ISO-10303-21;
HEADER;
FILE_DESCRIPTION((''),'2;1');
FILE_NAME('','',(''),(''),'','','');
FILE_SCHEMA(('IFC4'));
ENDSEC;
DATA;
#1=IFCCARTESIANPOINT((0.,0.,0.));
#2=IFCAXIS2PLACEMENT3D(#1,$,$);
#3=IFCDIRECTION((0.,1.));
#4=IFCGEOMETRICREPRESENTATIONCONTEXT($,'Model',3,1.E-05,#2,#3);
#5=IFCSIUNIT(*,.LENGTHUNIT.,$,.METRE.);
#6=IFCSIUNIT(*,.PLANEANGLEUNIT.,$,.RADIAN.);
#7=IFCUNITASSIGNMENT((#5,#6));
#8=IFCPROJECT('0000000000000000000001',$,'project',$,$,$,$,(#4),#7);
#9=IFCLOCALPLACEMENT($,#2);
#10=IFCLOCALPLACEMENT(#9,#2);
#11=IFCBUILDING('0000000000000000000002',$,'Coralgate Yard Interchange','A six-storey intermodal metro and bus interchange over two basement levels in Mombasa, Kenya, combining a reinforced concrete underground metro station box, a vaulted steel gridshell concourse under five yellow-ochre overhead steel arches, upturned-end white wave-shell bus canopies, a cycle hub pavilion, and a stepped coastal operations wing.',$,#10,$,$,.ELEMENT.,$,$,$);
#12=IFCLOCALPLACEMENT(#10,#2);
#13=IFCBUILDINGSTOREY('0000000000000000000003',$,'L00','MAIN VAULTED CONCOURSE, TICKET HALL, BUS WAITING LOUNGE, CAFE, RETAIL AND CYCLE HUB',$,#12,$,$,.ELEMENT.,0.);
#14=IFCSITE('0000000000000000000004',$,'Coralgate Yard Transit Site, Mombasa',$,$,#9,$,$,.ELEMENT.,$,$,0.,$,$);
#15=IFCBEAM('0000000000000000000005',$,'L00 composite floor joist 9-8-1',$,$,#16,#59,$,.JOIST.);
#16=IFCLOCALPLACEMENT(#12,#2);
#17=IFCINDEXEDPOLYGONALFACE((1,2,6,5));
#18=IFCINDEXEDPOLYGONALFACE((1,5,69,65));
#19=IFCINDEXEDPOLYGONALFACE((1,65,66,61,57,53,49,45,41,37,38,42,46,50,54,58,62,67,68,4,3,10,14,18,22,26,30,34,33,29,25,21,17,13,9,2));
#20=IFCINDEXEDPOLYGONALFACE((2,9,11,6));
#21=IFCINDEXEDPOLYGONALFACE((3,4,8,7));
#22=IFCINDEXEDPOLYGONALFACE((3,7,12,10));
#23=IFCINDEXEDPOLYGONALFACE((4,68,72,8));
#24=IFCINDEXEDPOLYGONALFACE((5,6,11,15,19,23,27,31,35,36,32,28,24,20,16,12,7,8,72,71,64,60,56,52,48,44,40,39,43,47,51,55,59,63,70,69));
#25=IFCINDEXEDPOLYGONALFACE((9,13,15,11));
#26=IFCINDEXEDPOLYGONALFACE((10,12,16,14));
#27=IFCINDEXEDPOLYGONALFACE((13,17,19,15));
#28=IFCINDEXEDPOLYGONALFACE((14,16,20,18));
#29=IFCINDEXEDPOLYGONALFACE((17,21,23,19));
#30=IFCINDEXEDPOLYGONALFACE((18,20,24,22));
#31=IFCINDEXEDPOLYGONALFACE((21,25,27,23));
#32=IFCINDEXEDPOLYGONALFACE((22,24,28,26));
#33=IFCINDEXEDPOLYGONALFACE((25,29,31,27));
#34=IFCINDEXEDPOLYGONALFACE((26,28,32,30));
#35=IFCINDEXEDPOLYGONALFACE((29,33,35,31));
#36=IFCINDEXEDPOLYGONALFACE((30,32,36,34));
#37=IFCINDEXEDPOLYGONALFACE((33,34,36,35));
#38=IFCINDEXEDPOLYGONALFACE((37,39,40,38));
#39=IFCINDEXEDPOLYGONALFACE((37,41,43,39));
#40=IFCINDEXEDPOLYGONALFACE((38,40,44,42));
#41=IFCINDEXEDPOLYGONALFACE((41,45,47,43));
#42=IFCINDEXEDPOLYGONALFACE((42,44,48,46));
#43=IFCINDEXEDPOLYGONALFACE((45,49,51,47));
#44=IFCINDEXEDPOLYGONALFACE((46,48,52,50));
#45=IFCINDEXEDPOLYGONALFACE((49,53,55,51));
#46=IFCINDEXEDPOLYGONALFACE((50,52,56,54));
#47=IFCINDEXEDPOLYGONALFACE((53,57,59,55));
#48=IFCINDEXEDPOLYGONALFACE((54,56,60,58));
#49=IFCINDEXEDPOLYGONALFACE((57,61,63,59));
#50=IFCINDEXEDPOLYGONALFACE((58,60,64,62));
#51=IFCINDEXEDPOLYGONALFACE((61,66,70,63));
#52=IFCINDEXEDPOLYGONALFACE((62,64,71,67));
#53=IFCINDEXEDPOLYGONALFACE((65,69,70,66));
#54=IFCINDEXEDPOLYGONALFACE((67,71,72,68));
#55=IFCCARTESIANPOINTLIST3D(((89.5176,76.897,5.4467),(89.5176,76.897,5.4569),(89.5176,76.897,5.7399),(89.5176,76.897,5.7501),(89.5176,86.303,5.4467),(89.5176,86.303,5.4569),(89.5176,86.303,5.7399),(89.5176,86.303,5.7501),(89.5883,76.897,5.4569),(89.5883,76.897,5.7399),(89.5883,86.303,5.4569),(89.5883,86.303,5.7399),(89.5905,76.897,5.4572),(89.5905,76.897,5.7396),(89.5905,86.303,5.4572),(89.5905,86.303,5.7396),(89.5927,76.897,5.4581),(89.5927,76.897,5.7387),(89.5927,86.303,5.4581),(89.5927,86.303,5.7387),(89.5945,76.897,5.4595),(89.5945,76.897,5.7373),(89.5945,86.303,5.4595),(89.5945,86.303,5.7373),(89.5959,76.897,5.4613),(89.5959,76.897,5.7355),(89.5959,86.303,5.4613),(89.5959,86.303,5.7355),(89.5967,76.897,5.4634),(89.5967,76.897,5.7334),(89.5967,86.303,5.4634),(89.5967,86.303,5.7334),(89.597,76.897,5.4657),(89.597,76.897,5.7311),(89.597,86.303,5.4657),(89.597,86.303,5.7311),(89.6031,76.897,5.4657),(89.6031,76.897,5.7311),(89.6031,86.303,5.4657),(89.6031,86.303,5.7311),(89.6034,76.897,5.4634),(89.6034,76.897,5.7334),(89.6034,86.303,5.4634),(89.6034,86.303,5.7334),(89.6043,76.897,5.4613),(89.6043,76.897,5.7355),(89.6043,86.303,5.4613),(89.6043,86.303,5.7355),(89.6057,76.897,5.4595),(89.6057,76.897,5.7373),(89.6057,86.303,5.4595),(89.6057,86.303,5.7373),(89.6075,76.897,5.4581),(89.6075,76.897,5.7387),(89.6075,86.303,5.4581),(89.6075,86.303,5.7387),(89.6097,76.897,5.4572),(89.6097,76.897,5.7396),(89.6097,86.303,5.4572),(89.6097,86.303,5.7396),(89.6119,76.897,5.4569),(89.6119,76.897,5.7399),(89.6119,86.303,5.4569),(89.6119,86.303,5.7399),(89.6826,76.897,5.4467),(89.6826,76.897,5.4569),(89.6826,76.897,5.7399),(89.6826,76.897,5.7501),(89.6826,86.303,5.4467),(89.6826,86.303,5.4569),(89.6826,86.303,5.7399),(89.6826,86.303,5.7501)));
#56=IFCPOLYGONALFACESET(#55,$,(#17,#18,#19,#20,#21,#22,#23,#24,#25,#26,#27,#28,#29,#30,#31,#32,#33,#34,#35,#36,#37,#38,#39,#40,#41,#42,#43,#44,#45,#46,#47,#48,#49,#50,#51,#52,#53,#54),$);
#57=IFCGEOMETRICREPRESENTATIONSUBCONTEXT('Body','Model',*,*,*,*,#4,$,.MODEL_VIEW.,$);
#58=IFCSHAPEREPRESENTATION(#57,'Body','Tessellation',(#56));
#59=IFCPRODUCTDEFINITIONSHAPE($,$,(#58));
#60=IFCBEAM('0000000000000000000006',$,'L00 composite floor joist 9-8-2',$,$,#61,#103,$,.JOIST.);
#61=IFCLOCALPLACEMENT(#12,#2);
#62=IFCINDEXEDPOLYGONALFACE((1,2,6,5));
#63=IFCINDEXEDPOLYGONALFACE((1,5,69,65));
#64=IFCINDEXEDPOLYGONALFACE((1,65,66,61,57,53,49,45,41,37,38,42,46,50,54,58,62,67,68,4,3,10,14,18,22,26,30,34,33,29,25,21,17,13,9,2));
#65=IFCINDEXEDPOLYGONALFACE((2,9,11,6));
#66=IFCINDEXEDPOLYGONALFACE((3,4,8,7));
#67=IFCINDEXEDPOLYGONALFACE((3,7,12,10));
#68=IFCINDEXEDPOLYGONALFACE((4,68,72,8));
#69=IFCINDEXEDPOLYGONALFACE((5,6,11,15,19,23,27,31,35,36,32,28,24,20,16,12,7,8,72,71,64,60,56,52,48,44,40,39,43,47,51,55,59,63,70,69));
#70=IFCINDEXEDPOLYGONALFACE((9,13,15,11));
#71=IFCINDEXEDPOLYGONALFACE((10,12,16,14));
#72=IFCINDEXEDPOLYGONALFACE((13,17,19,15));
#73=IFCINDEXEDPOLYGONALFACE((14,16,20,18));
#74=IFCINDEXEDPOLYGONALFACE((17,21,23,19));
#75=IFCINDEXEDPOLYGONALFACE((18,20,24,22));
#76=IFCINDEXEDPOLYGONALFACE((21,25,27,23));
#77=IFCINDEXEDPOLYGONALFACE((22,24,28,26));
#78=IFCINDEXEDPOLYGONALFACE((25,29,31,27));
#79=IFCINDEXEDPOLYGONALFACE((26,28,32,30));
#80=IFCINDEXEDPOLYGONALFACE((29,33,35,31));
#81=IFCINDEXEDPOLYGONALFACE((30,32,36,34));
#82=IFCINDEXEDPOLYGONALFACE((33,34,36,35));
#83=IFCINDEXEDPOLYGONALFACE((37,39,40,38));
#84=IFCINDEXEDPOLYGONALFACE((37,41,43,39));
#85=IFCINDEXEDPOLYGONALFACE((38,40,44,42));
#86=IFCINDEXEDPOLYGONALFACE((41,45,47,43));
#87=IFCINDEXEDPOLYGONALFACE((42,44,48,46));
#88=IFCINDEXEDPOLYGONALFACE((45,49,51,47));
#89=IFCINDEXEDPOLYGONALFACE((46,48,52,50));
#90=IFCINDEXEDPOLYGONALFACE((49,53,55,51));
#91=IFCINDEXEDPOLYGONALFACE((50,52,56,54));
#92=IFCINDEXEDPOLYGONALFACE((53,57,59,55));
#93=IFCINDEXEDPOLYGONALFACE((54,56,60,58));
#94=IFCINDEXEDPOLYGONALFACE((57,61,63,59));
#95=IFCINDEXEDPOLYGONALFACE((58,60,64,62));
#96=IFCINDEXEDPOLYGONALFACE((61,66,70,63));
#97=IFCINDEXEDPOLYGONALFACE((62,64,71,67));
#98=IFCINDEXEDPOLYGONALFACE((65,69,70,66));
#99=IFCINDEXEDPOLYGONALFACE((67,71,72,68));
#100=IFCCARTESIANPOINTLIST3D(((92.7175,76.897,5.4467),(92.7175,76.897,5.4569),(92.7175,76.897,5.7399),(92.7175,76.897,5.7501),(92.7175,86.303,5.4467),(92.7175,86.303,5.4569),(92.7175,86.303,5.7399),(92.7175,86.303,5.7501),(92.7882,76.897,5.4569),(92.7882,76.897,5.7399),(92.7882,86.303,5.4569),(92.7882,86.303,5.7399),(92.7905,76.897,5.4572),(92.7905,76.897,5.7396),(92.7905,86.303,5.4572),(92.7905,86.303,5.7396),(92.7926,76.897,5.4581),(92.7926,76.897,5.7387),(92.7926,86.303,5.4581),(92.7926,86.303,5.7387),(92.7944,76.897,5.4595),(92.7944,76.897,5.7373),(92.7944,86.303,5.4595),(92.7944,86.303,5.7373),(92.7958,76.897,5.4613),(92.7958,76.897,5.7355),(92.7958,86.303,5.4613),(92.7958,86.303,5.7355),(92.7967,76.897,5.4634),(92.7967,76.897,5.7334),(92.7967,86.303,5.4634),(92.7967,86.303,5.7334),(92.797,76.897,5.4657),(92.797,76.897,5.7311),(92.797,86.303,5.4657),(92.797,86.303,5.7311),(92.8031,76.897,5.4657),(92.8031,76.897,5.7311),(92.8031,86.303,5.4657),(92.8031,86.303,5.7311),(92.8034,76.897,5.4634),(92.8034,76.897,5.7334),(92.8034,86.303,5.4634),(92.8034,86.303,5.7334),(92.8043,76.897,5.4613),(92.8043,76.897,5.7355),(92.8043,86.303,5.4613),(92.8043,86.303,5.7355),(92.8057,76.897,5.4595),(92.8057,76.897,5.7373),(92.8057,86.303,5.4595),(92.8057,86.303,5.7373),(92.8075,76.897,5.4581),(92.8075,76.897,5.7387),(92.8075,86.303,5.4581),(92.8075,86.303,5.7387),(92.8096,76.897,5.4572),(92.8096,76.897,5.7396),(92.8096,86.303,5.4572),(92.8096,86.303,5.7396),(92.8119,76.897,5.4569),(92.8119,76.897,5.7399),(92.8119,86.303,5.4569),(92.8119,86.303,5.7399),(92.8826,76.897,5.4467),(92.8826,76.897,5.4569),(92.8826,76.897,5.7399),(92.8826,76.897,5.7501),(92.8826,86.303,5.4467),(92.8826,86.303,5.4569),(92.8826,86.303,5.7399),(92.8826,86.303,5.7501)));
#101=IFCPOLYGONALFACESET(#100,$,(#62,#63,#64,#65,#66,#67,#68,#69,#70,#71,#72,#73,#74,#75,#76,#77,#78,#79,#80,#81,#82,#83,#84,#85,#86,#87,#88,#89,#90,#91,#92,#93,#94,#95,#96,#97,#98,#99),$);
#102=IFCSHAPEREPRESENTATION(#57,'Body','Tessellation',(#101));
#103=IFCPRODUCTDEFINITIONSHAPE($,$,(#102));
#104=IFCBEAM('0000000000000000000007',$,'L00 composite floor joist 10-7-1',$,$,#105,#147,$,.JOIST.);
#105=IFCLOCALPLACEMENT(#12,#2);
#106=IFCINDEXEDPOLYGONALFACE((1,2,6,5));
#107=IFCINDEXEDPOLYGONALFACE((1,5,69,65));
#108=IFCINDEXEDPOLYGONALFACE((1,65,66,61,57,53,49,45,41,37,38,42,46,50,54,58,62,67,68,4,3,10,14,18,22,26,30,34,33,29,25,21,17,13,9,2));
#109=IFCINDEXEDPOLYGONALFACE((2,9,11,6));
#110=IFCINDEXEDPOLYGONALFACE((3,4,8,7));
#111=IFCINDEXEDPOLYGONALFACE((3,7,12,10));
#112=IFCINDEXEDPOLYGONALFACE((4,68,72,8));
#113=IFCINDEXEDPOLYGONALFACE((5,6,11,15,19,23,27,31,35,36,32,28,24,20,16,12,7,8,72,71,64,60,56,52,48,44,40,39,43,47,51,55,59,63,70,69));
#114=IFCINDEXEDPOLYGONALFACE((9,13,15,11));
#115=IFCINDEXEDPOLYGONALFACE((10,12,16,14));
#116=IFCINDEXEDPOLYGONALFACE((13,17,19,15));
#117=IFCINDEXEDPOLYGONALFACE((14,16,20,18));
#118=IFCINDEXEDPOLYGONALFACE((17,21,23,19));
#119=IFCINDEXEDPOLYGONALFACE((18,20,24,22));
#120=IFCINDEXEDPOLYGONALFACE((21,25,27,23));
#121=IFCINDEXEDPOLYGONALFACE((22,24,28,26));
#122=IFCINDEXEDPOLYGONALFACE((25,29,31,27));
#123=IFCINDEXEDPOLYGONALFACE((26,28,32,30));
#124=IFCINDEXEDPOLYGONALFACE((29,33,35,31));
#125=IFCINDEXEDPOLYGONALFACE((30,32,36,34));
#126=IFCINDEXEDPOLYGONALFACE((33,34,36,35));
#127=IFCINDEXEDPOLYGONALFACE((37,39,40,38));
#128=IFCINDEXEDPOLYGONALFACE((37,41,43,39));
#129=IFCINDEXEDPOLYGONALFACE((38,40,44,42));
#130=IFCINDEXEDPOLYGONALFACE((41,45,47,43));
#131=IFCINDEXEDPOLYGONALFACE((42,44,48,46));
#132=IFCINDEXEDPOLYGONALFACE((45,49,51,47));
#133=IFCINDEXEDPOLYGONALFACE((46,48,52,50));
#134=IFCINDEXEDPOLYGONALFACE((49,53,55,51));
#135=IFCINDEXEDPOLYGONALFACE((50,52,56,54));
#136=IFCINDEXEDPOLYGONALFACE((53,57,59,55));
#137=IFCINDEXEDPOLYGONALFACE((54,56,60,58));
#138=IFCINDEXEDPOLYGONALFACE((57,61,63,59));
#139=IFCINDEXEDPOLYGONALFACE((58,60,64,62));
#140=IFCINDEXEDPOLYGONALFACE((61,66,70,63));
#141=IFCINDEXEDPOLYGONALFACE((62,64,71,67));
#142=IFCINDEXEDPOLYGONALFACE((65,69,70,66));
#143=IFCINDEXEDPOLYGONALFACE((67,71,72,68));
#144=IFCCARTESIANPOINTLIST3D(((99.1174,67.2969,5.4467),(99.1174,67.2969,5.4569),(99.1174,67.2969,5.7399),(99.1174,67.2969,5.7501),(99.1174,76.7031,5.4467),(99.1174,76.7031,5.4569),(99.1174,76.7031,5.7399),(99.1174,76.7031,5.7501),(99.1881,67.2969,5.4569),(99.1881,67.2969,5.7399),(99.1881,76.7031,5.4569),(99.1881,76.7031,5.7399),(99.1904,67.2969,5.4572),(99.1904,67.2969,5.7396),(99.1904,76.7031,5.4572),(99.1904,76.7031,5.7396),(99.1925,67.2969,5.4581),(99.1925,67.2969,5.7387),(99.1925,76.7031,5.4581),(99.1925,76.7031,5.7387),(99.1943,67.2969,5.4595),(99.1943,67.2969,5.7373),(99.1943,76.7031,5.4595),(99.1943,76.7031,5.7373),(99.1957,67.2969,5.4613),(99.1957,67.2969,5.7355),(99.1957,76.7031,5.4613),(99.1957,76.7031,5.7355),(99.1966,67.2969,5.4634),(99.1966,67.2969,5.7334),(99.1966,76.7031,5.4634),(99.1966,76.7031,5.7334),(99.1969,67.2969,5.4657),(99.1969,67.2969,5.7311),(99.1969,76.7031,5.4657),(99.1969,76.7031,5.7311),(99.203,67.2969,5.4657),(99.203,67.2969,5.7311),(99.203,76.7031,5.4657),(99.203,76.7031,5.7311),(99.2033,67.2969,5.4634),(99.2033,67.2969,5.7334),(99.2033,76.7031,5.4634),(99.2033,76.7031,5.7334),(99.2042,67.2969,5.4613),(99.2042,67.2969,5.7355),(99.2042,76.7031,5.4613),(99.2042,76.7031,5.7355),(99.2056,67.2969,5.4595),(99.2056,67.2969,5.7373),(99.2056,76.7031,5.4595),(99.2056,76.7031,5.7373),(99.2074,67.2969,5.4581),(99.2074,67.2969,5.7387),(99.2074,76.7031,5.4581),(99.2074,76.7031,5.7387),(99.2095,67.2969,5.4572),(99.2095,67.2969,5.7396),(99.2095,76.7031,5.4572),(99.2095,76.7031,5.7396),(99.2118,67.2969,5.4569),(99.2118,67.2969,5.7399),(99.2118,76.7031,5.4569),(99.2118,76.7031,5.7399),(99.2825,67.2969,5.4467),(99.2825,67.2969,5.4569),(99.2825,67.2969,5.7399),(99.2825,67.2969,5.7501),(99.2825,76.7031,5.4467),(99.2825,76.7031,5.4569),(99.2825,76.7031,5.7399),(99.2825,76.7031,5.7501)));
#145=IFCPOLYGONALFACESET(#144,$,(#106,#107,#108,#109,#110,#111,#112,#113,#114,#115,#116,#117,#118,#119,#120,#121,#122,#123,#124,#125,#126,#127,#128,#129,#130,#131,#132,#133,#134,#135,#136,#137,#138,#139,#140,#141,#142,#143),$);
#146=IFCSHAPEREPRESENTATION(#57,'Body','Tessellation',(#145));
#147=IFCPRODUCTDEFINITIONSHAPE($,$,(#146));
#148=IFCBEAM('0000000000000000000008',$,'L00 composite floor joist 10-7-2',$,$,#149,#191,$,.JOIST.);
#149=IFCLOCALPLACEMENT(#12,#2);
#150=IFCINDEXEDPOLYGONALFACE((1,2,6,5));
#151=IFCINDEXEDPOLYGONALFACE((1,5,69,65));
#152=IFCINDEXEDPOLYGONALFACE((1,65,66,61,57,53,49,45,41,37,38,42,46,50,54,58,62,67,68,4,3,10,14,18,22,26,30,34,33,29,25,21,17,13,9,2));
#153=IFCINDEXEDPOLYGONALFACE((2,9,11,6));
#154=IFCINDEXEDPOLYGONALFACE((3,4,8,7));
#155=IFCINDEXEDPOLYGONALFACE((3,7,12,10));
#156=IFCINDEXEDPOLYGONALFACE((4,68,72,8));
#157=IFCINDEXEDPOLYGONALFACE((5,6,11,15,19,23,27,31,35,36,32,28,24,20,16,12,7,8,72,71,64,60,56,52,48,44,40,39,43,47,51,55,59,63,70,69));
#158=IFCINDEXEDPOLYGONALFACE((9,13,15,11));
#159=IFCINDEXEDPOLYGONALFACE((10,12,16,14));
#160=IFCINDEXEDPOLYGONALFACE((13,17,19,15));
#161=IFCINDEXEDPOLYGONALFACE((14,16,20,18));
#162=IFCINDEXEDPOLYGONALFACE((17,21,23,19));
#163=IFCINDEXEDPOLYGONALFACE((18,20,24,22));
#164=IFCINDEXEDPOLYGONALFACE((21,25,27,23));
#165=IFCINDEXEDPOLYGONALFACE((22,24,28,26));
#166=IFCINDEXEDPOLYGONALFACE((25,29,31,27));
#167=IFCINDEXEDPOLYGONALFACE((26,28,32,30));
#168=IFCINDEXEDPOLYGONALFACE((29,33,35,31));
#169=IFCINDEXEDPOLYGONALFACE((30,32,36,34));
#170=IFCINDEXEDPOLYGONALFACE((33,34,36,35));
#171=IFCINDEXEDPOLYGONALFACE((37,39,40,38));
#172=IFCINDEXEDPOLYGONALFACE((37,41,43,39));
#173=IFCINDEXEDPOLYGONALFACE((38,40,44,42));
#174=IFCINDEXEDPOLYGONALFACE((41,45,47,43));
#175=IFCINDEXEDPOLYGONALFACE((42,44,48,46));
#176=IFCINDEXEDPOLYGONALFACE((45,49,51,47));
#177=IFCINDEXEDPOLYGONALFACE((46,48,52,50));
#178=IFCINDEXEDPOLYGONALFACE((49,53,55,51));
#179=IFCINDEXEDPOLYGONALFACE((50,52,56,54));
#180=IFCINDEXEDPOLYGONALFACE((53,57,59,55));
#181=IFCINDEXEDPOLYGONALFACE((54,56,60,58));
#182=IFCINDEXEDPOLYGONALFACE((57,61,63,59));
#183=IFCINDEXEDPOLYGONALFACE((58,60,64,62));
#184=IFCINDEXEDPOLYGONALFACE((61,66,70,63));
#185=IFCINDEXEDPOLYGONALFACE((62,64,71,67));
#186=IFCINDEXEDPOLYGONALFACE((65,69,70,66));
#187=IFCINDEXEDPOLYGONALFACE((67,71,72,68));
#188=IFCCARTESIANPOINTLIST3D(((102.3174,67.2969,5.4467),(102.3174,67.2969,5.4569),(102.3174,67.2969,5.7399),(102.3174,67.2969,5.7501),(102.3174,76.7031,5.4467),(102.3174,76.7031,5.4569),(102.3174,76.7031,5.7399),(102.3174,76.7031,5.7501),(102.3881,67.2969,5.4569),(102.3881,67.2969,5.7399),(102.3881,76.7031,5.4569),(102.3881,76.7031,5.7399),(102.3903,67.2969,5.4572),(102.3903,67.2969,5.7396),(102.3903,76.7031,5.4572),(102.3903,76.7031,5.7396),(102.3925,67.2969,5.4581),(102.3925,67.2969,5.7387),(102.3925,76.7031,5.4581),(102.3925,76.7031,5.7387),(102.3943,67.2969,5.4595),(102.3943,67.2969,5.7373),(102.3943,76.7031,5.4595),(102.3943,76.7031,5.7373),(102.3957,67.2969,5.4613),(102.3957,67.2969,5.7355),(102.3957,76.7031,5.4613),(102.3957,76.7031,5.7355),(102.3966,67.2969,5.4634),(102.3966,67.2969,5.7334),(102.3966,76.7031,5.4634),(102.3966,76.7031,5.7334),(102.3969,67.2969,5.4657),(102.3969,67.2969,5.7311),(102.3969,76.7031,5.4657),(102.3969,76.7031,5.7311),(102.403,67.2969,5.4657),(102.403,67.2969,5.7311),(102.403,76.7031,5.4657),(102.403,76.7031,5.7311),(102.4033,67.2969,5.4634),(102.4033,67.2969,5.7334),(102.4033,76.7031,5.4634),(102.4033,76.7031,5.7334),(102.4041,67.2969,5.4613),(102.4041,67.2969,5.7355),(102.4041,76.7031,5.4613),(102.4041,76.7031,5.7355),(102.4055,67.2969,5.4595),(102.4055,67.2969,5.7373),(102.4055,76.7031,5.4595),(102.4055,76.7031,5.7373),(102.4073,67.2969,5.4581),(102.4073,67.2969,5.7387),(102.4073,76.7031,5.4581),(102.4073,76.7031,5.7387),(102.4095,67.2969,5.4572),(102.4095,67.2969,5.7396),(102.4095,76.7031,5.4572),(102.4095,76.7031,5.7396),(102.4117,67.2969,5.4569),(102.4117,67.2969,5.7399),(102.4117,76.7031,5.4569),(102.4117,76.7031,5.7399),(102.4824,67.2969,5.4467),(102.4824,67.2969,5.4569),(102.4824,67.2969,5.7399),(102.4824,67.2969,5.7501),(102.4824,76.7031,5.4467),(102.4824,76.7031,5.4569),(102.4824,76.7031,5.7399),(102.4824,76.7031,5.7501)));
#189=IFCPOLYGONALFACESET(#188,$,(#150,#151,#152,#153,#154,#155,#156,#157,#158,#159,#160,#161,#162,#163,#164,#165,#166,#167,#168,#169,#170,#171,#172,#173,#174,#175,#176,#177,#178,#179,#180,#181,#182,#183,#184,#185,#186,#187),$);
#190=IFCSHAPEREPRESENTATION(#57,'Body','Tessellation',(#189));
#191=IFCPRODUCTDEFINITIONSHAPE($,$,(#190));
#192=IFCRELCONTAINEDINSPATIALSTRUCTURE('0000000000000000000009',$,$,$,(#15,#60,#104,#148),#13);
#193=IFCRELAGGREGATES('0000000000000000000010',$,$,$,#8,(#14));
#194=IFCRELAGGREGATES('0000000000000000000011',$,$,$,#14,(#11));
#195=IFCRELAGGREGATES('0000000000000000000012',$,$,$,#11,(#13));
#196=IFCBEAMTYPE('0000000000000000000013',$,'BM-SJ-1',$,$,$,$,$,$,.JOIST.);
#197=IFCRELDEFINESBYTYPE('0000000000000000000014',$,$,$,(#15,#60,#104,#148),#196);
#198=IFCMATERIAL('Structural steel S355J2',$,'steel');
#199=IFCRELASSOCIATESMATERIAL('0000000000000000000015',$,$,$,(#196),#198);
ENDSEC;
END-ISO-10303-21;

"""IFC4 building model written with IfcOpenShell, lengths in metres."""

from ifc_helpers import new_model, si_unit, direction, frame, origin, origin_2d, place, context, subcontext, project, spatial, i_section, extrude, material, material_profile, profile_set, type_object, element, save


model = new_model("IFC4")

# Units and contexts
model_context = context("Model", 3, precision=1e-05, world=origin(), true_north=direction((0.0, 1.0)))
body_context = subcontext(model_context, "Body", "Model", "MODEL_VIEW")
ifc_project = project(units=[si_unit("LENGTHUNIT", "METRE"), si_unit("PLANEANGLEUNIT", "RADIAN")], contexts=[model_context])

# Site, building, storey
site_placement = place(None, origin())
site = spatial("IfcSite", under=ifc_project, at=site_placement, Name="Coralgate Yard Transit Site, Mombasa", CompositionType="ELEMENT", RefElevation=0.0)
building_placement = place(site_placement, origin())
building = spatial("IfcBuilding", under=site, at=building_placement, Name="Coralgate Yard Interchange", Description="A six-storey intermodal metro and bus interchange over two basement levels in Mombasa, Kenya, combining a reinforced concrete underground metro station box, a vaulted steel gridshell concourse under five yellow-ochre overhead steel arches, upturned-end white wave-shell bus canopies, a cycle hub pavilion, and a stepped coastal operations wing.", CompositionType="ELEMENT")
storey_placement = place(building_placement, origin())
storey = spatial("IfcBuildingStorey", under=building, at=storey_placement, Name="L00", Description="MAIN VAULTED CONCOURSE, TICKET HALL, BUS WAITING LOUNGE, CAFE, RETAIL AND CYCLE HUB", CompositionType="ELEMENT", Elevation=0.0)

# Shared definitions
ifc_material_1 = material(Name="Structural steel S355J2", Category="steel")

# Beams
ifc_material_profile_1 = material_profile(ifc_material_1, i_section(OverallWidth=0.165, OverallDepth=0.3035, WebThickness=0.0061, FlangeThickness=0.0103, FilletRadius=0.0088, at=origin_2d()), Name="UB 305x165x40")
ifc_profile_set_1 = profile_set([ifc_material_profile_1], Name="Structural steel S355J2")
beam_type_1 = type_object("IfcBeamType", Name="BM-SJ-1", PredefinedType="JOIST", material=ifc_profile_set_1)
for number, where, z_axis, x_axis, name in (
    (1, (89.6001, 76.897, 5.5984), (0.0, 1.0, 0.0), (-1.0, 0.0, 0.0), "L00 composite floor joist 9-8-1"),
    (2, (92.8, 76.897, 5.5984), (0.0, 1.0, 0.0), (-1.0, 0.0, 0.0), "L00 composite floor joist 9-8-2"),
):
    element("IfcBeam", number, at=place(storey_placement, frame(where, z_axis=z_axis, x_axis=x_axis)), inside=storey, type_object=beam_type_1, Name=name, PredefinedType="JOIST", context=body_context, shape_type="SweptSolid", body=[
        extrude(i_section(OverallWidth=0.165, OverallDepth=0.3035, WebThickness=0.0061, FlangeThickness=0.0103, FilletRadius=0.0088, at=origin_2d()), origin(), (0.0, 0.0, 1.0), 9.406),
    ])
for number, where, z_axis, x_axis, name in (
    (3, (99.2, 67.2969, 5.5984), (0.0, 1.0, 0.0), (-1.0, 0.0, 0.0), "L00 composite floor joist 10-7-1"),
    (4, (102.3999, 67.2969, 5.5984), (0.0, 1.0, 0.0), (-1.0, 0.0, 0.0), "L00 composite floor joist 10-7-2"),
):
    element("IfcBeam", number, at=place(storey_placement, frame(where, z_axis=z_axis, x_axis=x_axis)), inside=storey, type_object=beam_type_1, Name=name, PredefinedType="JOIST", context=body_context, shape_type="SweptSolid", body=[
        extrude(i_section(OverallWidth=0.165, OverallDepth=0.3035, WebThickness=0.0061, FlangeThickness=0.0103, FilletRadius=0.0088, at=origin_2d()), origin(), (0.0, 0.0, 1.0), 9.4062),
    ])

save(model, "model.ifc")
